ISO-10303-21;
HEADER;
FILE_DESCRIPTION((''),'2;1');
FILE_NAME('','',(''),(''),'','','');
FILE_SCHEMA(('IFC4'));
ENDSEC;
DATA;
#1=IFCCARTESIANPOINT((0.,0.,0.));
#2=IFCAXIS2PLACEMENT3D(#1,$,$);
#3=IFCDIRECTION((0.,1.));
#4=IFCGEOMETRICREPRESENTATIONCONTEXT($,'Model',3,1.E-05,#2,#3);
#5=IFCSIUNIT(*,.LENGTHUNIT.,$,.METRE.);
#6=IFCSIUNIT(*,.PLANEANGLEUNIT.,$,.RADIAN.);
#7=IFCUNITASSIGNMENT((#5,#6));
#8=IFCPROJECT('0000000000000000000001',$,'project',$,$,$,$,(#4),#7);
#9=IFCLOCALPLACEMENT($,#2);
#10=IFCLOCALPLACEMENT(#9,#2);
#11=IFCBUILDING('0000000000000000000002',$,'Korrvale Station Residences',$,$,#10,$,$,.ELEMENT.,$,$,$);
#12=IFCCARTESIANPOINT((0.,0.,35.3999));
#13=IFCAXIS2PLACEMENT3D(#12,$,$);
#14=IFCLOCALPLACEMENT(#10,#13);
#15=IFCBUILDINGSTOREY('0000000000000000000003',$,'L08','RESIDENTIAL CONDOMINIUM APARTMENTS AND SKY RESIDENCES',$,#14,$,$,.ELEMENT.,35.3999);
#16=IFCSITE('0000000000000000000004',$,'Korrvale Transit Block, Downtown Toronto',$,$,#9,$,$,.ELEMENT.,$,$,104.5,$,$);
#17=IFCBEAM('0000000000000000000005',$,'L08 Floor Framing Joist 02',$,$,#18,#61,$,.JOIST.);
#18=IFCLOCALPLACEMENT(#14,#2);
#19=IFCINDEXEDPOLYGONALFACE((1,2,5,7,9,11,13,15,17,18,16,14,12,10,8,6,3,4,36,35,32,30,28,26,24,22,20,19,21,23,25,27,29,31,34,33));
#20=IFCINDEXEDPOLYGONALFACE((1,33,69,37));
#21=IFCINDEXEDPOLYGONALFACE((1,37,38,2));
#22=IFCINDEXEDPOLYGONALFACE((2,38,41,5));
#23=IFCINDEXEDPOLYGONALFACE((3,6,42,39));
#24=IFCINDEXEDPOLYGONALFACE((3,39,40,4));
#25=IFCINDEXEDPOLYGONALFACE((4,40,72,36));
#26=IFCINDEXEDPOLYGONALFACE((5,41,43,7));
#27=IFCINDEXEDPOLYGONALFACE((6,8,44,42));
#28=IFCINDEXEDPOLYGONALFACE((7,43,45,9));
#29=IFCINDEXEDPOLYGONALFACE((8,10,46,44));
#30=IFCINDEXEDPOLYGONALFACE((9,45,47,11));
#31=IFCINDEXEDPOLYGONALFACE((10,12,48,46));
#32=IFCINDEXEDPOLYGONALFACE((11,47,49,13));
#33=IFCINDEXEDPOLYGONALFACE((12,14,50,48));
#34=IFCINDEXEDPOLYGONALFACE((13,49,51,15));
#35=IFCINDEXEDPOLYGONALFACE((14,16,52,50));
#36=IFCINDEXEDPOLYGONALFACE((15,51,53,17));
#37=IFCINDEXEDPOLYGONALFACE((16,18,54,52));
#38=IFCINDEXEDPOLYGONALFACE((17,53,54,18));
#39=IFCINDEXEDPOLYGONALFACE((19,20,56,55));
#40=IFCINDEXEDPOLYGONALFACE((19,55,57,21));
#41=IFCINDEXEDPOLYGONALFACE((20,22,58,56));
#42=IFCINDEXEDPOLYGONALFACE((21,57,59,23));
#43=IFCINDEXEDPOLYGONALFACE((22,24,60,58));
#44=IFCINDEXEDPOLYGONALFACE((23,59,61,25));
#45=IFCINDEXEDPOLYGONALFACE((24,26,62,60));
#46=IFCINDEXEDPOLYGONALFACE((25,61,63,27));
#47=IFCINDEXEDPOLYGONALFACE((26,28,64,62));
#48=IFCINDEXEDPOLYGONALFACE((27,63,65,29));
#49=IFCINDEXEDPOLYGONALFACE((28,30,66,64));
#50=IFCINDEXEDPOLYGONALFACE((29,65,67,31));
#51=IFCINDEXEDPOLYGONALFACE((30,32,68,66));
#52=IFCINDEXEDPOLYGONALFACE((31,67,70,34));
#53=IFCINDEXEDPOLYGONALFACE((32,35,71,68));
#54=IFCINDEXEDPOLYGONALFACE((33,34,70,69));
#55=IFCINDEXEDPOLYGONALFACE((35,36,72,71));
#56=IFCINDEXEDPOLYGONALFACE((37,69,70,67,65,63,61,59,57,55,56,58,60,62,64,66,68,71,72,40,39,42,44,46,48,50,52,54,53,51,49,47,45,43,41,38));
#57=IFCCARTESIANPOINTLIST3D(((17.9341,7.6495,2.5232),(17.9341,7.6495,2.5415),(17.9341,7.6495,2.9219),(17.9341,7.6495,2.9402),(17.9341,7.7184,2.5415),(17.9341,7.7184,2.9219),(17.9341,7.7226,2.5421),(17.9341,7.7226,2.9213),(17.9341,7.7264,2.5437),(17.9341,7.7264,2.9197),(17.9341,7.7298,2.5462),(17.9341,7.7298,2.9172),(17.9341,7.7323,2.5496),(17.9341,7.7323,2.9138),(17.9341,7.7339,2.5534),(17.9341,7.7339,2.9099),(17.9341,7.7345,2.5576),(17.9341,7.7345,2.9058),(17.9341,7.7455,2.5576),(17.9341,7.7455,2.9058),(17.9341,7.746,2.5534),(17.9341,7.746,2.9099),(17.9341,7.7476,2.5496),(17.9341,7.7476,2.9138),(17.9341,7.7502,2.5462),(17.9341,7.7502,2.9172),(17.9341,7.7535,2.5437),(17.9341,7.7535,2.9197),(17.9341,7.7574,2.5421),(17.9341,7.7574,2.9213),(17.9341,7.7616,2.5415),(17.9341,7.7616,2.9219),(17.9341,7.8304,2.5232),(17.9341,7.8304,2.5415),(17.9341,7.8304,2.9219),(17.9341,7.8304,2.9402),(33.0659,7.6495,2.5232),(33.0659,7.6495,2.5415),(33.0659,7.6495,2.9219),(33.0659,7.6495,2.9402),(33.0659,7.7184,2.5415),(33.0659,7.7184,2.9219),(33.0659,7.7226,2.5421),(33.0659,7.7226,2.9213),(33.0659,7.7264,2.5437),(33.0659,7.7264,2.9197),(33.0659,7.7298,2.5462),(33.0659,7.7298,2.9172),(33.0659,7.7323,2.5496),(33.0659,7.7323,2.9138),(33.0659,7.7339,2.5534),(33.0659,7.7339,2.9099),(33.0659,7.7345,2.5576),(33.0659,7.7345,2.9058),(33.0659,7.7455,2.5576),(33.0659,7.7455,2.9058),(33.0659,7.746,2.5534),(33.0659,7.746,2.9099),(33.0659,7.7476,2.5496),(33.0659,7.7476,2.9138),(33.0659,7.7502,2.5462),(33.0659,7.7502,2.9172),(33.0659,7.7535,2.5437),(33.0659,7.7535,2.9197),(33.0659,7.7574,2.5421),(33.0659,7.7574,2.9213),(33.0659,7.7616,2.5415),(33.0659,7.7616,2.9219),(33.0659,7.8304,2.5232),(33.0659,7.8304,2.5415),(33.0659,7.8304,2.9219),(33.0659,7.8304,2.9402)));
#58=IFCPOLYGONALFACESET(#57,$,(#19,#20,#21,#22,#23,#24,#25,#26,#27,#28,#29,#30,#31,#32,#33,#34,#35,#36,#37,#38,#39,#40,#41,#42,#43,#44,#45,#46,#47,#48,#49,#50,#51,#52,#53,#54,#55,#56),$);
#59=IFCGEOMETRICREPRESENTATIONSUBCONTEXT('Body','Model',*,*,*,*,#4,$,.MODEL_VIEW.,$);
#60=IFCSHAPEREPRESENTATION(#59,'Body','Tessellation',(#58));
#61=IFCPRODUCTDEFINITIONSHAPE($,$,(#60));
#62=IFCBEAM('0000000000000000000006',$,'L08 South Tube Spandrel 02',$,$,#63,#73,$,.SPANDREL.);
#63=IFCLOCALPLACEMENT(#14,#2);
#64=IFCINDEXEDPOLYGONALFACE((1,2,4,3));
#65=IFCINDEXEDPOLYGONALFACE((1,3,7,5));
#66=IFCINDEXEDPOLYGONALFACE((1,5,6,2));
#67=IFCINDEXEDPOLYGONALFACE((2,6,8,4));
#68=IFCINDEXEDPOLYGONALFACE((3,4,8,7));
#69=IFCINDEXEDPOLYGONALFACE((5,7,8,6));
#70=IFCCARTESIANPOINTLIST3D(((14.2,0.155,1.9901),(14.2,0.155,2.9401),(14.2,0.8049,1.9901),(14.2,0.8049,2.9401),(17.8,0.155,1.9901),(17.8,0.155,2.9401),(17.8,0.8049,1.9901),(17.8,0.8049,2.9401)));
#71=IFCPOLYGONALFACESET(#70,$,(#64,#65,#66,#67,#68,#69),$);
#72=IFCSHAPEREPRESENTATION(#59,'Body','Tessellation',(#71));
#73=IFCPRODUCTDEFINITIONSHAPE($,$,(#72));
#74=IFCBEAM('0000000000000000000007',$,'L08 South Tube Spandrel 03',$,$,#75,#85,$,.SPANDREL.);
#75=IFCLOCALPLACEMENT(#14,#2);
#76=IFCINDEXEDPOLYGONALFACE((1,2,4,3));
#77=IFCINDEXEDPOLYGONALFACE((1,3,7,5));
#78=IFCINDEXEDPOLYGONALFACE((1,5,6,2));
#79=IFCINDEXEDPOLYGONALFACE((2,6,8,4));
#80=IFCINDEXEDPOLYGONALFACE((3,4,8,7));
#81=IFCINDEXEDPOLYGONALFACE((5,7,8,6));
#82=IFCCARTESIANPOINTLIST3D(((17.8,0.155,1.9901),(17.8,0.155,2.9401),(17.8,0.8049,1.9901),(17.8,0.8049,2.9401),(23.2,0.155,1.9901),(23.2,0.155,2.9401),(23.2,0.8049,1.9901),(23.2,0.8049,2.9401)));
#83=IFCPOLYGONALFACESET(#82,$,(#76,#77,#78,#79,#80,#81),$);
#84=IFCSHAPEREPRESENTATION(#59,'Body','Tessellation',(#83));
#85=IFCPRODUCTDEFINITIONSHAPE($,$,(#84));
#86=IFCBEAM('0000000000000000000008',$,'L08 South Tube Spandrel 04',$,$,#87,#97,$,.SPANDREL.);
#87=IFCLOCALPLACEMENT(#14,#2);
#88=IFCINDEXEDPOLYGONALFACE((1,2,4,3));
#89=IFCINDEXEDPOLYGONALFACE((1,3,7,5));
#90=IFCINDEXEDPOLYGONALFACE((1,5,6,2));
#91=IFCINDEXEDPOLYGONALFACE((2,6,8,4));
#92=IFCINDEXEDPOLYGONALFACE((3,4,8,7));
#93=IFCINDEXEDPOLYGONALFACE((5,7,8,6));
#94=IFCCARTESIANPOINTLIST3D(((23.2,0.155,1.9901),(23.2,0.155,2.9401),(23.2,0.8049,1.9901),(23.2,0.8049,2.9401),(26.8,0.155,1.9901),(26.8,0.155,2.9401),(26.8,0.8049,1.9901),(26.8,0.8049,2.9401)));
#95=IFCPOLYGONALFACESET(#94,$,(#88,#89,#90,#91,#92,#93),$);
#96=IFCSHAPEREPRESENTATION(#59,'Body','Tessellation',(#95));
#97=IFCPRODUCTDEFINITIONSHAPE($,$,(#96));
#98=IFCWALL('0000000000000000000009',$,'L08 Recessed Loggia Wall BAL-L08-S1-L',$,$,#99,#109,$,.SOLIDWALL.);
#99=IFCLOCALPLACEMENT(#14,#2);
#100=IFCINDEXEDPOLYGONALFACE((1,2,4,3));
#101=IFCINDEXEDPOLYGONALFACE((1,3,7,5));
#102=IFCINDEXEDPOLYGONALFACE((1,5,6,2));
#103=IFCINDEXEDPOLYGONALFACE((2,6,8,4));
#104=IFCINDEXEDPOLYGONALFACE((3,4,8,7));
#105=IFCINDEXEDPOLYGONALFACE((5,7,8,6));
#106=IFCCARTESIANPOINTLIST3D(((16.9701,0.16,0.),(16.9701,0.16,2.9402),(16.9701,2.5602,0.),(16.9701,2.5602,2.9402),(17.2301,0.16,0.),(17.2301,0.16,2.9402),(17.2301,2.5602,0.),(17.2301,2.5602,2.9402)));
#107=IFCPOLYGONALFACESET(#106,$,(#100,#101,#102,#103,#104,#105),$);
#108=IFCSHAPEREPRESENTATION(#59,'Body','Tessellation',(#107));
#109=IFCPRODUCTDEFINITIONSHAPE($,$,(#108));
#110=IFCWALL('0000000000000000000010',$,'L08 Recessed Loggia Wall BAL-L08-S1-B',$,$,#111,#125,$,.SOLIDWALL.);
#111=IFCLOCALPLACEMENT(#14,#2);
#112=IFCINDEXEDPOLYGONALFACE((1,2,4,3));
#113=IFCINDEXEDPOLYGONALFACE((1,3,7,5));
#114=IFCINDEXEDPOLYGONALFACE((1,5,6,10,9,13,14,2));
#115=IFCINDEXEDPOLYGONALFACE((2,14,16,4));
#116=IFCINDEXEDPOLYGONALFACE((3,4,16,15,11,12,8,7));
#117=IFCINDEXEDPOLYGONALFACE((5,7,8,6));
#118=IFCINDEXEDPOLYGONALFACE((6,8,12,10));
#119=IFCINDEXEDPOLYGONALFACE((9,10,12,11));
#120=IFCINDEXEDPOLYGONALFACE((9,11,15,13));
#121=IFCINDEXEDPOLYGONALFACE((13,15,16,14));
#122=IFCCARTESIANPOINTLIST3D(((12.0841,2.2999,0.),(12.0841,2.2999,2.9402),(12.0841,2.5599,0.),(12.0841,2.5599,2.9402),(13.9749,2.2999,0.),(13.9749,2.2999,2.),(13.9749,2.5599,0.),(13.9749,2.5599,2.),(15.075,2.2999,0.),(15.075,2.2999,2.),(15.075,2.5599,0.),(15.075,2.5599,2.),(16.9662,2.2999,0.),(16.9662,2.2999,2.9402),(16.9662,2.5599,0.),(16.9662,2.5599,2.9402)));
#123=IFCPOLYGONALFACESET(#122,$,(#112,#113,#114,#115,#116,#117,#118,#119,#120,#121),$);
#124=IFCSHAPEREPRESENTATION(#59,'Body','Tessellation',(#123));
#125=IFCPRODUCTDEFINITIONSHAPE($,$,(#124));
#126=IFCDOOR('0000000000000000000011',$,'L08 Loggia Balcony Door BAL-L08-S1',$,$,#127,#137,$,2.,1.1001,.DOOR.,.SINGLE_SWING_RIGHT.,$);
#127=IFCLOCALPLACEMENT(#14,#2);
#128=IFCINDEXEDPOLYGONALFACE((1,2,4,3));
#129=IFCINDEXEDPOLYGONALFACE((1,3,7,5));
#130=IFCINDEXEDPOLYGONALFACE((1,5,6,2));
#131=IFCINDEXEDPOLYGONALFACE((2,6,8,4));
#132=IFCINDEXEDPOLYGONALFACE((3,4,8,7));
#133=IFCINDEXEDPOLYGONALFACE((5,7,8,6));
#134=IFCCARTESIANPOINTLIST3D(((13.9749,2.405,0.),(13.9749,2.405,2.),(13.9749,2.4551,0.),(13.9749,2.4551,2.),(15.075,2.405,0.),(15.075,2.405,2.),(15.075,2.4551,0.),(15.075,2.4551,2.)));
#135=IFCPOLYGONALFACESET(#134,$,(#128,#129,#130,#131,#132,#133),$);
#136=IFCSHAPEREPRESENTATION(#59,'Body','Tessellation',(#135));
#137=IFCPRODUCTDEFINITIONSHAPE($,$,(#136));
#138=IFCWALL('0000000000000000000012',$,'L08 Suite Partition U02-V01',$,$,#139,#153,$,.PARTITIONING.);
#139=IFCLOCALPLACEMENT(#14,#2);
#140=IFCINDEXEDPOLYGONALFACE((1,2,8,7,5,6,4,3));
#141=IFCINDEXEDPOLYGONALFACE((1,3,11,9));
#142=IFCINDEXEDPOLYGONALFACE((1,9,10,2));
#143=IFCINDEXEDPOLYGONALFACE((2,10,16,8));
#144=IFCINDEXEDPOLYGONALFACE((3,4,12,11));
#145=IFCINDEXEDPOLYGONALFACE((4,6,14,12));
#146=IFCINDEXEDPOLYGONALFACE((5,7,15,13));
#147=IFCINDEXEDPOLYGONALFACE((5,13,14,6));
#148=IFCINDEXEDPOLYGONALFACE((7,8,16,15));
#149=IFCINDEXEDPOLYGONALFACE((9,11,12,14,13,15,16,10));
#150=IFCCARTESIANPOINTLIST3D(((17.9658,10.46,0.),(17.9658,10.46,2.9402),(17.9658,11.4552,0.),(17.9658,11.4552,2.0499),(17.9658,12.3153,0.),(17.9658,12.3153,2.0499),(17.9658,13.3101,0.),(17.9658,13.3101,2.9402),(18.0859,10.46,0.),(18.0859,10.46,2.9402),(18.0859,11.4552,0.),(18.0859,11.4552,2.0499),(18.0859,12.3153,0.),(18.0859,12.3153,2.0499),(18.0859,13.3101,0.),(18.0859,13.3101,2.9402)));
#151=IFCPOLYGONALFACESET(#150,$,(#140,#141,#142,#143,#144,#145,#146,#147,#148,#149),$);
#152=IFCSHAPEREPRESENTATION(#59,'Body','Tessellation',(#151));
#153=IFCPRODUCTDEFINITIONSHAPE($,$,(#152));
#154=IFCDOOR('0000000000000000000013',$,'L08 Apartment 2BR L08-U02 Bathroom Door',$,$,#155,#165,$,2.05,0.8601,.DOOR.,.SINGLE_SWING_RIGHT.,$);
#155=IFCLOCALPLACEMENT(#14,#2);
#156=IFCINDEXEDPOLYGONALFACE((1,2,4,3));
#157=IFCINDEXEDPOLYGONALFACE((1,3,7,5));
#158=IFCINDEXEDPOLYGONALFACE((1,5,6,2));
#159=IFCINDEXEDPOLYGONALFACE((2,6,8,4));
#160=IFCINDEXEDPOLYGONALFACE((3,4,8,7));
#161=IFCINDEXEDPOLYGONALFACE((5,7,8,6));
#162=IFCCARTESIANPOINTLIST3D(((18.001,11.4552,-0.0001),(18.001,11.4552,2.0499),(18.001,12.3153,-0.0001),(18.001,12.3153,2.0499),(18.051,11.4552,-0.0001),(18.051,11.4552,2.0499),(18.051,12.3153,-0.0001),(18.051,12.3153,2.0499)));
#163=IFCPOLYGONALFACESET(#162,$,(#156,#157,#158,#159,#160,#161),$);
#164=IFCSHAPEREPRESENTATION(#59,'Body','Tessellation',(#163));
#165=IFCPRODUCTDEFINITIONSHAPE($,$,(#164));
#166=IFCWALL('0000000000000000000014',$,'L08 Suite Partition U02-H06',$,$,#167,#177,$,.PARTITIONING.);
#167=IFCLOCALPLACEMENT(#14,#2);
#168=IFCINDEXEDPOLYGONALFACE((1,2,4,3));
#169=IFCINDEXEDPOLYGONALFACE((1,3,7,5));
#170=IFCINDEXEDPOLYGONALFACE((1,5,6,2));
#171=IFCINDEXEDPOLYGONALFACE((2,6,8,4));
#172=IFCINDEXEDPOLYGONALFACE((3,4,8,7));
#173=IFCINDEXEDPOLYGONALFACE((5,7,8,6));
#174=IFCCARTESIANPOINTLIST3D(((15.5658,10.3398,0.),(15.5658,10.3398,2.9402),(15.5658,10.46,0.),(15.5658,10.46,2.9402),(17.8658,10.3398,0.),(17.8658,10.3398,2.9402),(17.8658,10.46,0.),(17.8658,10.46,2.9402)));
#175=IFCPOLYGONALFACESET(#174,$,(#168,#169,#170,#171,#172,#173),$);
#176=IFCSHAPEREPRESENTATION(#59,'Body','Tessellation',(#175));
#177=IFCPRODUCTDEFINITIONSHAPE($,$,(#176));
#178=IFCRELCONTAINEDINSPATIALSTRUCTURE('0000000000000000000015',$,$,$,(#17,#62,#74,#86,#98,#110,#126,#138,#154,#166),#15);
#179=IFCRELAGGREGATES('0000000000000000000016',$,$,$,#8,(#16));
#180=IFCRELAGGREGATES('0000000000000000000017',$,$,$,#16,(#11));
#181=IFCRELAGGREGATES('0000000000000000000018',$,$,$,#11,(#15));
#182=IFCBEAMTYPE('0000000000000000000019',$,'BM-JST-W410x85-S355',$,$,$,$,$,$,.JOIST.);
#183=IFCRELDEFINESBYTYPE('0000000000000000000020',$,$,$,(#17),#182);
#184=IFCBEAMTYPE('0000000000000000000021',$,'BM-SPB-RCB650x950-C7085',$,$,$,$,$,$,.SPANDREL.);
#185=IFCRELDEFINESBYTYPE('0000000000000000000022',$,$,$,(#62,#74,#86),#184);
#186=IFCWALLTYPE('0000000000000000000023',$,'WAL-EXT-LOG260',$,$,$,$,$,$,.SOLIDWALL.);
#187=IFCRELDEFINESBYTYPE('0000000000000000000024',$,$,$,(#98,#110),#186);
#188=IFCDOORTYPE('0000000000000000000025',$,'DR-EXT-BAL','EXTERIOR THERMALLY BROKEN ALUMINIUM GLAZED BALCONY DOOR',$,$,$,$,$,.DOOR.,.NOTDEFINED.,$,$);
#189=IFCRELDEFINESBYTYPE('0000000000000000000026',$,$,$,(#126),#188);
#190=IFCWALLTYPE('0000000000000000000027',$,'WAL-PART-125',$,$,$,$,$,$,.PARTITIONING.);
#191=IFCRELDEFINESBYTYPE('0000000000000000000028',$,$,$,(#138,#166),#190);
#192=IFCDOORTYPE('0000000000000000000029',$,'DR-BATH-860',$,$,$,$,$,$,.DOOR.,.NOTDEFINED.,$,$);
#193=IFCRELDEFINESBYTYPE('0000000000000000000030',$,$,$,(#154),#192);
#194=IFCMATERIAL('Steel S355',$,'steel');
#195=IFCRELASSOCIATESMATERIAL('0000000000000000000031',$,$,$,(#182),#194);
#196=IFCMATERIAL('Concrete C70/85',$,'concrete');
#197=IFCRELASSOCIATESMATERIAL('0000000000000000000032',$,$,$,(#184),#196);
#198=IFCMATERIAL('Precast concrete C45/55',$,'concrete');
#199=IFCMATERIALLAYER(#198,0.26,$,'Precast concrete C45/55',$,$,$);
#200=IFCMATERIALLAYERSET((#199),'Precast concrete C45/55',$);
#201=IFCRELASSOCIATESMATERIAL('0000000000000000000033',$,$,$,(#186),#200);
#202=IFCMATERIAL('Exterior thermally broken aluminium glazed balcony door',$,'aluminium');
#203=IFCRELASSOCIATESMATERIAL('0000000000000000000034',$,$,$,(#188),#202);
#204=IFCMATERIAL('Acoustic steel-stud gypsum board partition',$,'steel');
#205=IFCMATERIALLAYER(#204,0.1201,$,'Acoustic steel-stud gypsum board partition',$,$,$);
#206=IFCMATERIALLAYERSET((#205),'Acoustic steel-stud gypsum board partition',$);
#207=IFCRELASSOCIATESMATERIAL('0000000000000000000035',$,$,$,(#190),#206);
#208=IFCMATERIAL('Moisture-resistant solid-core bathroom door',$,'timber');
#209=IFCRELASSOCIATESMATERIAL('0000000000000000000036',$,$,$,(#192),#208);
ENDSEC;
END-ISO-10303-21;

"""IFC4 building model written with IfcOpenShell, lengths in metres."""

from ifc_helpers import new_model, si_unit, direction, frame, frame_2d, origin, origin_2d, place, context, subcontext, project, spatial, rectangle, i_section, extrude, material, layer, layer_set, material_profile, profile_set, type_object, element, fill, save


model = new_model("IFC4")

# Units and contexts
model_context = context("Model", 3, precision=1e-05, world=origin(), true_north=direction((0.0, 1.0)))
body_context = subcontext(model_context, "Body", "Model", "MODEL_VIEW")
ifc_project = project(units=[si_unit("LENGTHUNIT", "METRE"), si_unit("PLANEANGLEUNIT", "RADIAN")], contexts=[model_context])

# Site, building, storey
site_placement = place(None, origin())
site = spatial("IfcSite", under=ifc_project, at=site_placement, Name="Korrvale Transit Block, Downtown Toronto", CompositionType="ELEMENT", RefElevation=104.5)
building_placement = place(site_placement, origin())
building = spatial("IfcBuilding", under=site, at=building_placement, Name="Korrvale Station Residences", CompositionType="ELEMENT")
storey_placement = place(building_placement, frame((0.0, 0.0, 35.3999)))
storey = spatial("IfcBuildingStorey", under=building, at=storey_placement, Name="L08", Description="RESIDENTIAL CONDOMINIUM APARTMENTS AND SKY RESIDENCES", CompositionType="ELEMENT", Elevation=35.3999)

# Shared definitions
ifc_material_1 = material(Name="Concrete C70/85", Category="concrete")

# Beams
ifc_material_2 = material(Name="Steel S355", Category="steel")
ifc_material_profile_1 = material_profile(ifc_material_2, i_section(OverallWidth=0.1809, OverallDepth=0.417, WebThickness=0.011, FlangeThickness=0.0183, FilletRadius=0.0161, at=origin_2d()), Name="W410x85")
ifc_profile_set_1 = profile_set([ifc_material_profile_1], Name="Steel S355")
beam_type_1 = type_object("IfcBeamType", Name="BM-JST-W410x85-S355", PredefinedType="JOIST", material=ifc_profile_set_1)
beam_1_placement = place(storey_placement, frame((17.9341, 7.74, 2.7317), z_axis=(1.0, 0.0, 0.0), x_axis=(0.0, 1.0, 0.0)))
element("IfcBeam", 1, at=beam_1_placement, inside=storey, type_object=beam_type_1, Name="L08 Floor Framing Joist 02", PredefinedType="JOIST", context=body_context, shape_type="SweptSolid", body=[
    extrude(i_section(OverallWidth=0.1809, OverallDepth=0.417, WebThickness=0.011, FlangeThickness=0.0183, FilletRadius=0.0161, at=origin_2d()), origin(), (0.0, 0.0, 1.0), 15.1318),
])
ifc_material_profile_2 = material_profile(ifc_material_1, rectangle(XDim=0.6499, YDim=0.95, at=origin_2d()), Name="RCB650x950")
ifc_profile_set_2 = profile_set([ifc_material_profile_2], Name="Concrete C70/85")
beam_type_2 = type_object("IfcBeamType", Name="BM-SPB-RCB650x950-C7085", PredefinedType="SPANDREL", material=ifc_profile_set_2)
beam_2_placement = place(storey_placement, frame((14.2, 0.48, 2.4651), z_axis=(1.0, 0.0, 0.0), x_axis=(0.0, 1.0, 0.0)))
element("IfcBeam", 2, at=beam_2_placement, inside=storey, type_object=beam_type_2, Name="L08 South Tube Spandrel 02", PredefinedType="SPANDREL", context=body_context, shape_type="SweptSolid", body=[
    extrude(rectangle(XDim=0.6499, YDim=0.95, at=origin_2d()), origin(), (0.0, 0.0, 1.0), 3.6001),
])
beam_3_placement = place(storey_placement, frame((17.8, 0.48, 2.4651), z_axis=(1.0, 0.0, 0.0), x_axis=(0.0, 1.0, 0.0)))
element("IfcBeam", 3, at=beam_3_placement, inside=storey, type_object=beam_type_2, Name="L08 South Tube Spandrel 03", PredefinedType="SPANDREL", context=body_context, shape_type="SweptSolid", body=[
    extrude(rectangle(XDim=0.6499, YDim=0.95, at=origin_2d()), origin(), (0.0, 0.0, 1.0), 5.3999),
])
beam_4_placement = place(storey_placement, frame((23.2, 0.48, 2.4651), z_axis=(1.0, 0.0, 0.0), x_axis=(0.0, 1.0, 0.0)))
element("IfcBeam", 4, at=beam_4_placement, inside=storey, type_object=beam_type_2, Name="L08 South Tube Spandrel 04", PredefinedType="SPANDREL", context=body_context, shape_type="SweptSolid", body=[
    extrude(rectangle(XDim=0.6499, YDim=0.95, at=origin_2d()), origin(), (0.0, 0.0, 1.0), 3.6001),
])

# Wall
ifc_material_3 = material(Name="Precast concrete C45/55", Category="concrete")
ifc_layer_1 = layer(ifc_material_3, 0.26, Name="Precast concrete C45/55")
ifc_layer_set_1 = layer_set([ifc_layer_1], Name="Precast concrete C45/55")
wall_type_1 = type_object("IfcWallType", Name="WAL-EXT-LOG260", PredefinedType="SOLIDWALL", material=ifc_layer_set_1)
wall_1_placement = place(storey_placement, frame((17.1001, 0.1599, 0.0), z_axis=(0.0, 0.0, 1.0), x_axis=(0.0, 1.0, 0.0)))
element("IfcWall", 5, at=wall_1_placement, inside=storey, type_object=wall_type_1, Name="L08 Recessed Loggia Wall BAL-L08-S1-L", PredefinedType="SOLIDWALL", context=body_context, shape_type="SweptSolid", body=[
    extrude(rectangle(XDim=2.4001, YDim=0.26, at=frame_2d((1.2002, 0.0))), origin(), (0.0, 0.0, 1.0), 2.9402),
])

# Walls, openings, doors
wall_2_placement = place(storey_placement, frame((16.9661, 2.4299, 0.0), z_axis=(0.0, 0.0, 1.0), x_axis=(-1.0, 0.0, 0.0)))
wall_2 = element("IfcWall", 6, at=wall_2_placement, inside=storey, type_object=wall_type_1, Name="L08 Recessed Loggia Wall BAL-L08-S1-B", PredefinedType="SOLIDWALL", context=body_context, shape_type="SweptSolid", body=[
    extrude(rectangle(XDim=4.8821, YDim=0.26, at=frame_2d((2.4409, 0.0))), origin(), (0.0, 0.0, 1.0), 2.9402),
])
opening_1_placement = place(wall_2_placement, frame((1.8911, 0.0, 0.0)))
opening_1 = element("IfcOpeningElement", 7, at=opening_1_placement, cuts=wall_2, PredefinedType="OPENING", context=body_context, shape_type="SweptSolid", body=[
    extrude(rectangle(XDim=1.1001, YDim=2.0, at=frame_2d((0.55, 1.0))), frame((0.0, 0.1401, 0.0), z_axis=(0.0, -1.0, 0.0), x_axis=(1.0, 0.0, 0.0)), (0.0, 0.0, 1.0), 0.28),
])
ifc_material_4 = material(Name="Exterior thermally broken aluminium glazed balcony door", Category="aluminium")
door_type_1 = type_object("IfcDoorType", Name="DR-EXT-BAL", Description="EXTERIOR THERMALLY BROKEN ALUMINIUM GLAZED BALCONY DOOR", OperationType="NOTDEFINED", PredefinedType="DOOR", material=ifc_material_4)
door_1_placement = place(opening_1_placement, origin())
door_1 = element("IfcDoor", 8, at=door_1_placement, inside=storey, type_object=door_type_1, Name="L08 Loggia Balcony Door BAL-L08-S1", OperationType="SINGLE_SWING_RIGHT", OverallHeight=2.0, OverallWidth=1.1001, PredefinedType="DOOR", context=body_context, shape_type="SweptSolid", body=[
    extrude(rectangle(XDim=1.1001, YDim=2.0, at=frame_2d((0.55, 1.0))), frame((0.0, 0.0249, 0.0), z_axis=(0.0, -1.0, 0.0), x_axis=(1.0, 0.0, 0.0)), (0.0, 0.0, 1.0), 0.05),
])
fill(opening_1, door_1)
ifc_material_5 = material(Name="Acoustic steel-stud gypsum board partition", Category="steel")
ifc_layer_2 = layer(ifc_material_5, 0.1201, Name="Acoustic steel-stud gypsum board partition")
ifc_layer_set_2 = layer_set([ifc_layer_2], Name="Acoustic steel-stud gypsum board partition")
wall_type_2 = type_object("IfcWallType", Name="WAL-PART-125", PredefinedType="PARTITIONING", material=ifc_layer_set_2)
wall_3_placement = place(storey_placement, frame((18.0259, 10.46, 0.0), z_axis=(0.0, 0.0, 1.0), x_axis=(0.0, 1.0, 0.0)))
wall_3 = element("IfcWall", 9, at=wall_3_placement, inside=storey, type_object=wall_type_2, Name="L08 Suite Partition U02-V01", PredefinedType="PARTITIONING", context=body_context, shape_type="SweptSolid", body=[
    extrude(rectangle(XDim=2.8501, YDim=0.1201, at=frame_2d((1.425, 0.0))), origin(), (0.0, 0.0, 1.0), 2.9402),
])
opening_2_placement = place(wall_3_placement, frame((0.9951, 0.0, 0.0)))
opening_2 = element("IfcOpeningElement", 10, at=opening_2_placement, cuts=wall_3, PredefinedType="OPENING", context=body_context, shape_type="SweptSolid", body=[
    extrude(rectangle(XDim=0.8601, YDim=2.05, at=frame_2d((0.4302, 1.0249))), frame((0.0, 0.0701, 0.0), z_axis=(0.0, -1.0, 0.0), x_axis=(1.0, 0.0, 0.0)), (0.0, 0.0, 1.0), 0.1401),
])
ifc_material_6 = material(Name="Moisture-resistant solid-core bathroom door", Category="timber")
door_type_2 = type_object("IfcDoorType", Name="DR-BATH-860", OperationType="NOTDEFINED", PredefinedType="DOOR", material=ifc_material_6)
door_2_placement = place(opening_2_placement, origin())
door_2 = element("IfcDoor", 11, at=door_2_placement, inside=storey, type_object=door_type_2, Name="L08 Apartment 2BR L08-U02 Bathroom Door", OperationType="SINGLE_SWING_RIGHT", OverallHeight=2.05, OverallWidth=0.8601, PredefinedType="DOOR", context=body_context, shape_type="SweptSolid", body=[
    extrude(rectangle(XDim=0.8601, YDim=2.05, at=frame_2d((0.4302, 1.0249))), frame((0.0, 0.0249, 0.0), z_axis=(0.0, -1.0, 0.0), x_axis=(1.0, 0.0, 0.0)), (0.0, 0.0, 1.0), 0.05),
])
fill(opening_2, door_2)

# Wall
wall_4_placement = place(storey_placement, frame((15.5659, 10.3999, 0.0), z_axis=(0.0, 0.0, 1.0), x_axis=(1.0, 0.0, 0.0)))
element("IfcWall", 12, at=wall_4_placement, inside=storey, type_object=wall_type_2, Name="L08 Suite Partition U02-H06", PredefinedType="PARTITIONING", context=body_context, shape_type="SweptSolid", body=[
    extrude(rectangle(XDim=2.3, YDim=0.1201, at=frame_2d((1.1499, 0.0))), origin(), (0.0, 0.0, 1.0), 2.9402),
])

save(model, "model.ifc")
